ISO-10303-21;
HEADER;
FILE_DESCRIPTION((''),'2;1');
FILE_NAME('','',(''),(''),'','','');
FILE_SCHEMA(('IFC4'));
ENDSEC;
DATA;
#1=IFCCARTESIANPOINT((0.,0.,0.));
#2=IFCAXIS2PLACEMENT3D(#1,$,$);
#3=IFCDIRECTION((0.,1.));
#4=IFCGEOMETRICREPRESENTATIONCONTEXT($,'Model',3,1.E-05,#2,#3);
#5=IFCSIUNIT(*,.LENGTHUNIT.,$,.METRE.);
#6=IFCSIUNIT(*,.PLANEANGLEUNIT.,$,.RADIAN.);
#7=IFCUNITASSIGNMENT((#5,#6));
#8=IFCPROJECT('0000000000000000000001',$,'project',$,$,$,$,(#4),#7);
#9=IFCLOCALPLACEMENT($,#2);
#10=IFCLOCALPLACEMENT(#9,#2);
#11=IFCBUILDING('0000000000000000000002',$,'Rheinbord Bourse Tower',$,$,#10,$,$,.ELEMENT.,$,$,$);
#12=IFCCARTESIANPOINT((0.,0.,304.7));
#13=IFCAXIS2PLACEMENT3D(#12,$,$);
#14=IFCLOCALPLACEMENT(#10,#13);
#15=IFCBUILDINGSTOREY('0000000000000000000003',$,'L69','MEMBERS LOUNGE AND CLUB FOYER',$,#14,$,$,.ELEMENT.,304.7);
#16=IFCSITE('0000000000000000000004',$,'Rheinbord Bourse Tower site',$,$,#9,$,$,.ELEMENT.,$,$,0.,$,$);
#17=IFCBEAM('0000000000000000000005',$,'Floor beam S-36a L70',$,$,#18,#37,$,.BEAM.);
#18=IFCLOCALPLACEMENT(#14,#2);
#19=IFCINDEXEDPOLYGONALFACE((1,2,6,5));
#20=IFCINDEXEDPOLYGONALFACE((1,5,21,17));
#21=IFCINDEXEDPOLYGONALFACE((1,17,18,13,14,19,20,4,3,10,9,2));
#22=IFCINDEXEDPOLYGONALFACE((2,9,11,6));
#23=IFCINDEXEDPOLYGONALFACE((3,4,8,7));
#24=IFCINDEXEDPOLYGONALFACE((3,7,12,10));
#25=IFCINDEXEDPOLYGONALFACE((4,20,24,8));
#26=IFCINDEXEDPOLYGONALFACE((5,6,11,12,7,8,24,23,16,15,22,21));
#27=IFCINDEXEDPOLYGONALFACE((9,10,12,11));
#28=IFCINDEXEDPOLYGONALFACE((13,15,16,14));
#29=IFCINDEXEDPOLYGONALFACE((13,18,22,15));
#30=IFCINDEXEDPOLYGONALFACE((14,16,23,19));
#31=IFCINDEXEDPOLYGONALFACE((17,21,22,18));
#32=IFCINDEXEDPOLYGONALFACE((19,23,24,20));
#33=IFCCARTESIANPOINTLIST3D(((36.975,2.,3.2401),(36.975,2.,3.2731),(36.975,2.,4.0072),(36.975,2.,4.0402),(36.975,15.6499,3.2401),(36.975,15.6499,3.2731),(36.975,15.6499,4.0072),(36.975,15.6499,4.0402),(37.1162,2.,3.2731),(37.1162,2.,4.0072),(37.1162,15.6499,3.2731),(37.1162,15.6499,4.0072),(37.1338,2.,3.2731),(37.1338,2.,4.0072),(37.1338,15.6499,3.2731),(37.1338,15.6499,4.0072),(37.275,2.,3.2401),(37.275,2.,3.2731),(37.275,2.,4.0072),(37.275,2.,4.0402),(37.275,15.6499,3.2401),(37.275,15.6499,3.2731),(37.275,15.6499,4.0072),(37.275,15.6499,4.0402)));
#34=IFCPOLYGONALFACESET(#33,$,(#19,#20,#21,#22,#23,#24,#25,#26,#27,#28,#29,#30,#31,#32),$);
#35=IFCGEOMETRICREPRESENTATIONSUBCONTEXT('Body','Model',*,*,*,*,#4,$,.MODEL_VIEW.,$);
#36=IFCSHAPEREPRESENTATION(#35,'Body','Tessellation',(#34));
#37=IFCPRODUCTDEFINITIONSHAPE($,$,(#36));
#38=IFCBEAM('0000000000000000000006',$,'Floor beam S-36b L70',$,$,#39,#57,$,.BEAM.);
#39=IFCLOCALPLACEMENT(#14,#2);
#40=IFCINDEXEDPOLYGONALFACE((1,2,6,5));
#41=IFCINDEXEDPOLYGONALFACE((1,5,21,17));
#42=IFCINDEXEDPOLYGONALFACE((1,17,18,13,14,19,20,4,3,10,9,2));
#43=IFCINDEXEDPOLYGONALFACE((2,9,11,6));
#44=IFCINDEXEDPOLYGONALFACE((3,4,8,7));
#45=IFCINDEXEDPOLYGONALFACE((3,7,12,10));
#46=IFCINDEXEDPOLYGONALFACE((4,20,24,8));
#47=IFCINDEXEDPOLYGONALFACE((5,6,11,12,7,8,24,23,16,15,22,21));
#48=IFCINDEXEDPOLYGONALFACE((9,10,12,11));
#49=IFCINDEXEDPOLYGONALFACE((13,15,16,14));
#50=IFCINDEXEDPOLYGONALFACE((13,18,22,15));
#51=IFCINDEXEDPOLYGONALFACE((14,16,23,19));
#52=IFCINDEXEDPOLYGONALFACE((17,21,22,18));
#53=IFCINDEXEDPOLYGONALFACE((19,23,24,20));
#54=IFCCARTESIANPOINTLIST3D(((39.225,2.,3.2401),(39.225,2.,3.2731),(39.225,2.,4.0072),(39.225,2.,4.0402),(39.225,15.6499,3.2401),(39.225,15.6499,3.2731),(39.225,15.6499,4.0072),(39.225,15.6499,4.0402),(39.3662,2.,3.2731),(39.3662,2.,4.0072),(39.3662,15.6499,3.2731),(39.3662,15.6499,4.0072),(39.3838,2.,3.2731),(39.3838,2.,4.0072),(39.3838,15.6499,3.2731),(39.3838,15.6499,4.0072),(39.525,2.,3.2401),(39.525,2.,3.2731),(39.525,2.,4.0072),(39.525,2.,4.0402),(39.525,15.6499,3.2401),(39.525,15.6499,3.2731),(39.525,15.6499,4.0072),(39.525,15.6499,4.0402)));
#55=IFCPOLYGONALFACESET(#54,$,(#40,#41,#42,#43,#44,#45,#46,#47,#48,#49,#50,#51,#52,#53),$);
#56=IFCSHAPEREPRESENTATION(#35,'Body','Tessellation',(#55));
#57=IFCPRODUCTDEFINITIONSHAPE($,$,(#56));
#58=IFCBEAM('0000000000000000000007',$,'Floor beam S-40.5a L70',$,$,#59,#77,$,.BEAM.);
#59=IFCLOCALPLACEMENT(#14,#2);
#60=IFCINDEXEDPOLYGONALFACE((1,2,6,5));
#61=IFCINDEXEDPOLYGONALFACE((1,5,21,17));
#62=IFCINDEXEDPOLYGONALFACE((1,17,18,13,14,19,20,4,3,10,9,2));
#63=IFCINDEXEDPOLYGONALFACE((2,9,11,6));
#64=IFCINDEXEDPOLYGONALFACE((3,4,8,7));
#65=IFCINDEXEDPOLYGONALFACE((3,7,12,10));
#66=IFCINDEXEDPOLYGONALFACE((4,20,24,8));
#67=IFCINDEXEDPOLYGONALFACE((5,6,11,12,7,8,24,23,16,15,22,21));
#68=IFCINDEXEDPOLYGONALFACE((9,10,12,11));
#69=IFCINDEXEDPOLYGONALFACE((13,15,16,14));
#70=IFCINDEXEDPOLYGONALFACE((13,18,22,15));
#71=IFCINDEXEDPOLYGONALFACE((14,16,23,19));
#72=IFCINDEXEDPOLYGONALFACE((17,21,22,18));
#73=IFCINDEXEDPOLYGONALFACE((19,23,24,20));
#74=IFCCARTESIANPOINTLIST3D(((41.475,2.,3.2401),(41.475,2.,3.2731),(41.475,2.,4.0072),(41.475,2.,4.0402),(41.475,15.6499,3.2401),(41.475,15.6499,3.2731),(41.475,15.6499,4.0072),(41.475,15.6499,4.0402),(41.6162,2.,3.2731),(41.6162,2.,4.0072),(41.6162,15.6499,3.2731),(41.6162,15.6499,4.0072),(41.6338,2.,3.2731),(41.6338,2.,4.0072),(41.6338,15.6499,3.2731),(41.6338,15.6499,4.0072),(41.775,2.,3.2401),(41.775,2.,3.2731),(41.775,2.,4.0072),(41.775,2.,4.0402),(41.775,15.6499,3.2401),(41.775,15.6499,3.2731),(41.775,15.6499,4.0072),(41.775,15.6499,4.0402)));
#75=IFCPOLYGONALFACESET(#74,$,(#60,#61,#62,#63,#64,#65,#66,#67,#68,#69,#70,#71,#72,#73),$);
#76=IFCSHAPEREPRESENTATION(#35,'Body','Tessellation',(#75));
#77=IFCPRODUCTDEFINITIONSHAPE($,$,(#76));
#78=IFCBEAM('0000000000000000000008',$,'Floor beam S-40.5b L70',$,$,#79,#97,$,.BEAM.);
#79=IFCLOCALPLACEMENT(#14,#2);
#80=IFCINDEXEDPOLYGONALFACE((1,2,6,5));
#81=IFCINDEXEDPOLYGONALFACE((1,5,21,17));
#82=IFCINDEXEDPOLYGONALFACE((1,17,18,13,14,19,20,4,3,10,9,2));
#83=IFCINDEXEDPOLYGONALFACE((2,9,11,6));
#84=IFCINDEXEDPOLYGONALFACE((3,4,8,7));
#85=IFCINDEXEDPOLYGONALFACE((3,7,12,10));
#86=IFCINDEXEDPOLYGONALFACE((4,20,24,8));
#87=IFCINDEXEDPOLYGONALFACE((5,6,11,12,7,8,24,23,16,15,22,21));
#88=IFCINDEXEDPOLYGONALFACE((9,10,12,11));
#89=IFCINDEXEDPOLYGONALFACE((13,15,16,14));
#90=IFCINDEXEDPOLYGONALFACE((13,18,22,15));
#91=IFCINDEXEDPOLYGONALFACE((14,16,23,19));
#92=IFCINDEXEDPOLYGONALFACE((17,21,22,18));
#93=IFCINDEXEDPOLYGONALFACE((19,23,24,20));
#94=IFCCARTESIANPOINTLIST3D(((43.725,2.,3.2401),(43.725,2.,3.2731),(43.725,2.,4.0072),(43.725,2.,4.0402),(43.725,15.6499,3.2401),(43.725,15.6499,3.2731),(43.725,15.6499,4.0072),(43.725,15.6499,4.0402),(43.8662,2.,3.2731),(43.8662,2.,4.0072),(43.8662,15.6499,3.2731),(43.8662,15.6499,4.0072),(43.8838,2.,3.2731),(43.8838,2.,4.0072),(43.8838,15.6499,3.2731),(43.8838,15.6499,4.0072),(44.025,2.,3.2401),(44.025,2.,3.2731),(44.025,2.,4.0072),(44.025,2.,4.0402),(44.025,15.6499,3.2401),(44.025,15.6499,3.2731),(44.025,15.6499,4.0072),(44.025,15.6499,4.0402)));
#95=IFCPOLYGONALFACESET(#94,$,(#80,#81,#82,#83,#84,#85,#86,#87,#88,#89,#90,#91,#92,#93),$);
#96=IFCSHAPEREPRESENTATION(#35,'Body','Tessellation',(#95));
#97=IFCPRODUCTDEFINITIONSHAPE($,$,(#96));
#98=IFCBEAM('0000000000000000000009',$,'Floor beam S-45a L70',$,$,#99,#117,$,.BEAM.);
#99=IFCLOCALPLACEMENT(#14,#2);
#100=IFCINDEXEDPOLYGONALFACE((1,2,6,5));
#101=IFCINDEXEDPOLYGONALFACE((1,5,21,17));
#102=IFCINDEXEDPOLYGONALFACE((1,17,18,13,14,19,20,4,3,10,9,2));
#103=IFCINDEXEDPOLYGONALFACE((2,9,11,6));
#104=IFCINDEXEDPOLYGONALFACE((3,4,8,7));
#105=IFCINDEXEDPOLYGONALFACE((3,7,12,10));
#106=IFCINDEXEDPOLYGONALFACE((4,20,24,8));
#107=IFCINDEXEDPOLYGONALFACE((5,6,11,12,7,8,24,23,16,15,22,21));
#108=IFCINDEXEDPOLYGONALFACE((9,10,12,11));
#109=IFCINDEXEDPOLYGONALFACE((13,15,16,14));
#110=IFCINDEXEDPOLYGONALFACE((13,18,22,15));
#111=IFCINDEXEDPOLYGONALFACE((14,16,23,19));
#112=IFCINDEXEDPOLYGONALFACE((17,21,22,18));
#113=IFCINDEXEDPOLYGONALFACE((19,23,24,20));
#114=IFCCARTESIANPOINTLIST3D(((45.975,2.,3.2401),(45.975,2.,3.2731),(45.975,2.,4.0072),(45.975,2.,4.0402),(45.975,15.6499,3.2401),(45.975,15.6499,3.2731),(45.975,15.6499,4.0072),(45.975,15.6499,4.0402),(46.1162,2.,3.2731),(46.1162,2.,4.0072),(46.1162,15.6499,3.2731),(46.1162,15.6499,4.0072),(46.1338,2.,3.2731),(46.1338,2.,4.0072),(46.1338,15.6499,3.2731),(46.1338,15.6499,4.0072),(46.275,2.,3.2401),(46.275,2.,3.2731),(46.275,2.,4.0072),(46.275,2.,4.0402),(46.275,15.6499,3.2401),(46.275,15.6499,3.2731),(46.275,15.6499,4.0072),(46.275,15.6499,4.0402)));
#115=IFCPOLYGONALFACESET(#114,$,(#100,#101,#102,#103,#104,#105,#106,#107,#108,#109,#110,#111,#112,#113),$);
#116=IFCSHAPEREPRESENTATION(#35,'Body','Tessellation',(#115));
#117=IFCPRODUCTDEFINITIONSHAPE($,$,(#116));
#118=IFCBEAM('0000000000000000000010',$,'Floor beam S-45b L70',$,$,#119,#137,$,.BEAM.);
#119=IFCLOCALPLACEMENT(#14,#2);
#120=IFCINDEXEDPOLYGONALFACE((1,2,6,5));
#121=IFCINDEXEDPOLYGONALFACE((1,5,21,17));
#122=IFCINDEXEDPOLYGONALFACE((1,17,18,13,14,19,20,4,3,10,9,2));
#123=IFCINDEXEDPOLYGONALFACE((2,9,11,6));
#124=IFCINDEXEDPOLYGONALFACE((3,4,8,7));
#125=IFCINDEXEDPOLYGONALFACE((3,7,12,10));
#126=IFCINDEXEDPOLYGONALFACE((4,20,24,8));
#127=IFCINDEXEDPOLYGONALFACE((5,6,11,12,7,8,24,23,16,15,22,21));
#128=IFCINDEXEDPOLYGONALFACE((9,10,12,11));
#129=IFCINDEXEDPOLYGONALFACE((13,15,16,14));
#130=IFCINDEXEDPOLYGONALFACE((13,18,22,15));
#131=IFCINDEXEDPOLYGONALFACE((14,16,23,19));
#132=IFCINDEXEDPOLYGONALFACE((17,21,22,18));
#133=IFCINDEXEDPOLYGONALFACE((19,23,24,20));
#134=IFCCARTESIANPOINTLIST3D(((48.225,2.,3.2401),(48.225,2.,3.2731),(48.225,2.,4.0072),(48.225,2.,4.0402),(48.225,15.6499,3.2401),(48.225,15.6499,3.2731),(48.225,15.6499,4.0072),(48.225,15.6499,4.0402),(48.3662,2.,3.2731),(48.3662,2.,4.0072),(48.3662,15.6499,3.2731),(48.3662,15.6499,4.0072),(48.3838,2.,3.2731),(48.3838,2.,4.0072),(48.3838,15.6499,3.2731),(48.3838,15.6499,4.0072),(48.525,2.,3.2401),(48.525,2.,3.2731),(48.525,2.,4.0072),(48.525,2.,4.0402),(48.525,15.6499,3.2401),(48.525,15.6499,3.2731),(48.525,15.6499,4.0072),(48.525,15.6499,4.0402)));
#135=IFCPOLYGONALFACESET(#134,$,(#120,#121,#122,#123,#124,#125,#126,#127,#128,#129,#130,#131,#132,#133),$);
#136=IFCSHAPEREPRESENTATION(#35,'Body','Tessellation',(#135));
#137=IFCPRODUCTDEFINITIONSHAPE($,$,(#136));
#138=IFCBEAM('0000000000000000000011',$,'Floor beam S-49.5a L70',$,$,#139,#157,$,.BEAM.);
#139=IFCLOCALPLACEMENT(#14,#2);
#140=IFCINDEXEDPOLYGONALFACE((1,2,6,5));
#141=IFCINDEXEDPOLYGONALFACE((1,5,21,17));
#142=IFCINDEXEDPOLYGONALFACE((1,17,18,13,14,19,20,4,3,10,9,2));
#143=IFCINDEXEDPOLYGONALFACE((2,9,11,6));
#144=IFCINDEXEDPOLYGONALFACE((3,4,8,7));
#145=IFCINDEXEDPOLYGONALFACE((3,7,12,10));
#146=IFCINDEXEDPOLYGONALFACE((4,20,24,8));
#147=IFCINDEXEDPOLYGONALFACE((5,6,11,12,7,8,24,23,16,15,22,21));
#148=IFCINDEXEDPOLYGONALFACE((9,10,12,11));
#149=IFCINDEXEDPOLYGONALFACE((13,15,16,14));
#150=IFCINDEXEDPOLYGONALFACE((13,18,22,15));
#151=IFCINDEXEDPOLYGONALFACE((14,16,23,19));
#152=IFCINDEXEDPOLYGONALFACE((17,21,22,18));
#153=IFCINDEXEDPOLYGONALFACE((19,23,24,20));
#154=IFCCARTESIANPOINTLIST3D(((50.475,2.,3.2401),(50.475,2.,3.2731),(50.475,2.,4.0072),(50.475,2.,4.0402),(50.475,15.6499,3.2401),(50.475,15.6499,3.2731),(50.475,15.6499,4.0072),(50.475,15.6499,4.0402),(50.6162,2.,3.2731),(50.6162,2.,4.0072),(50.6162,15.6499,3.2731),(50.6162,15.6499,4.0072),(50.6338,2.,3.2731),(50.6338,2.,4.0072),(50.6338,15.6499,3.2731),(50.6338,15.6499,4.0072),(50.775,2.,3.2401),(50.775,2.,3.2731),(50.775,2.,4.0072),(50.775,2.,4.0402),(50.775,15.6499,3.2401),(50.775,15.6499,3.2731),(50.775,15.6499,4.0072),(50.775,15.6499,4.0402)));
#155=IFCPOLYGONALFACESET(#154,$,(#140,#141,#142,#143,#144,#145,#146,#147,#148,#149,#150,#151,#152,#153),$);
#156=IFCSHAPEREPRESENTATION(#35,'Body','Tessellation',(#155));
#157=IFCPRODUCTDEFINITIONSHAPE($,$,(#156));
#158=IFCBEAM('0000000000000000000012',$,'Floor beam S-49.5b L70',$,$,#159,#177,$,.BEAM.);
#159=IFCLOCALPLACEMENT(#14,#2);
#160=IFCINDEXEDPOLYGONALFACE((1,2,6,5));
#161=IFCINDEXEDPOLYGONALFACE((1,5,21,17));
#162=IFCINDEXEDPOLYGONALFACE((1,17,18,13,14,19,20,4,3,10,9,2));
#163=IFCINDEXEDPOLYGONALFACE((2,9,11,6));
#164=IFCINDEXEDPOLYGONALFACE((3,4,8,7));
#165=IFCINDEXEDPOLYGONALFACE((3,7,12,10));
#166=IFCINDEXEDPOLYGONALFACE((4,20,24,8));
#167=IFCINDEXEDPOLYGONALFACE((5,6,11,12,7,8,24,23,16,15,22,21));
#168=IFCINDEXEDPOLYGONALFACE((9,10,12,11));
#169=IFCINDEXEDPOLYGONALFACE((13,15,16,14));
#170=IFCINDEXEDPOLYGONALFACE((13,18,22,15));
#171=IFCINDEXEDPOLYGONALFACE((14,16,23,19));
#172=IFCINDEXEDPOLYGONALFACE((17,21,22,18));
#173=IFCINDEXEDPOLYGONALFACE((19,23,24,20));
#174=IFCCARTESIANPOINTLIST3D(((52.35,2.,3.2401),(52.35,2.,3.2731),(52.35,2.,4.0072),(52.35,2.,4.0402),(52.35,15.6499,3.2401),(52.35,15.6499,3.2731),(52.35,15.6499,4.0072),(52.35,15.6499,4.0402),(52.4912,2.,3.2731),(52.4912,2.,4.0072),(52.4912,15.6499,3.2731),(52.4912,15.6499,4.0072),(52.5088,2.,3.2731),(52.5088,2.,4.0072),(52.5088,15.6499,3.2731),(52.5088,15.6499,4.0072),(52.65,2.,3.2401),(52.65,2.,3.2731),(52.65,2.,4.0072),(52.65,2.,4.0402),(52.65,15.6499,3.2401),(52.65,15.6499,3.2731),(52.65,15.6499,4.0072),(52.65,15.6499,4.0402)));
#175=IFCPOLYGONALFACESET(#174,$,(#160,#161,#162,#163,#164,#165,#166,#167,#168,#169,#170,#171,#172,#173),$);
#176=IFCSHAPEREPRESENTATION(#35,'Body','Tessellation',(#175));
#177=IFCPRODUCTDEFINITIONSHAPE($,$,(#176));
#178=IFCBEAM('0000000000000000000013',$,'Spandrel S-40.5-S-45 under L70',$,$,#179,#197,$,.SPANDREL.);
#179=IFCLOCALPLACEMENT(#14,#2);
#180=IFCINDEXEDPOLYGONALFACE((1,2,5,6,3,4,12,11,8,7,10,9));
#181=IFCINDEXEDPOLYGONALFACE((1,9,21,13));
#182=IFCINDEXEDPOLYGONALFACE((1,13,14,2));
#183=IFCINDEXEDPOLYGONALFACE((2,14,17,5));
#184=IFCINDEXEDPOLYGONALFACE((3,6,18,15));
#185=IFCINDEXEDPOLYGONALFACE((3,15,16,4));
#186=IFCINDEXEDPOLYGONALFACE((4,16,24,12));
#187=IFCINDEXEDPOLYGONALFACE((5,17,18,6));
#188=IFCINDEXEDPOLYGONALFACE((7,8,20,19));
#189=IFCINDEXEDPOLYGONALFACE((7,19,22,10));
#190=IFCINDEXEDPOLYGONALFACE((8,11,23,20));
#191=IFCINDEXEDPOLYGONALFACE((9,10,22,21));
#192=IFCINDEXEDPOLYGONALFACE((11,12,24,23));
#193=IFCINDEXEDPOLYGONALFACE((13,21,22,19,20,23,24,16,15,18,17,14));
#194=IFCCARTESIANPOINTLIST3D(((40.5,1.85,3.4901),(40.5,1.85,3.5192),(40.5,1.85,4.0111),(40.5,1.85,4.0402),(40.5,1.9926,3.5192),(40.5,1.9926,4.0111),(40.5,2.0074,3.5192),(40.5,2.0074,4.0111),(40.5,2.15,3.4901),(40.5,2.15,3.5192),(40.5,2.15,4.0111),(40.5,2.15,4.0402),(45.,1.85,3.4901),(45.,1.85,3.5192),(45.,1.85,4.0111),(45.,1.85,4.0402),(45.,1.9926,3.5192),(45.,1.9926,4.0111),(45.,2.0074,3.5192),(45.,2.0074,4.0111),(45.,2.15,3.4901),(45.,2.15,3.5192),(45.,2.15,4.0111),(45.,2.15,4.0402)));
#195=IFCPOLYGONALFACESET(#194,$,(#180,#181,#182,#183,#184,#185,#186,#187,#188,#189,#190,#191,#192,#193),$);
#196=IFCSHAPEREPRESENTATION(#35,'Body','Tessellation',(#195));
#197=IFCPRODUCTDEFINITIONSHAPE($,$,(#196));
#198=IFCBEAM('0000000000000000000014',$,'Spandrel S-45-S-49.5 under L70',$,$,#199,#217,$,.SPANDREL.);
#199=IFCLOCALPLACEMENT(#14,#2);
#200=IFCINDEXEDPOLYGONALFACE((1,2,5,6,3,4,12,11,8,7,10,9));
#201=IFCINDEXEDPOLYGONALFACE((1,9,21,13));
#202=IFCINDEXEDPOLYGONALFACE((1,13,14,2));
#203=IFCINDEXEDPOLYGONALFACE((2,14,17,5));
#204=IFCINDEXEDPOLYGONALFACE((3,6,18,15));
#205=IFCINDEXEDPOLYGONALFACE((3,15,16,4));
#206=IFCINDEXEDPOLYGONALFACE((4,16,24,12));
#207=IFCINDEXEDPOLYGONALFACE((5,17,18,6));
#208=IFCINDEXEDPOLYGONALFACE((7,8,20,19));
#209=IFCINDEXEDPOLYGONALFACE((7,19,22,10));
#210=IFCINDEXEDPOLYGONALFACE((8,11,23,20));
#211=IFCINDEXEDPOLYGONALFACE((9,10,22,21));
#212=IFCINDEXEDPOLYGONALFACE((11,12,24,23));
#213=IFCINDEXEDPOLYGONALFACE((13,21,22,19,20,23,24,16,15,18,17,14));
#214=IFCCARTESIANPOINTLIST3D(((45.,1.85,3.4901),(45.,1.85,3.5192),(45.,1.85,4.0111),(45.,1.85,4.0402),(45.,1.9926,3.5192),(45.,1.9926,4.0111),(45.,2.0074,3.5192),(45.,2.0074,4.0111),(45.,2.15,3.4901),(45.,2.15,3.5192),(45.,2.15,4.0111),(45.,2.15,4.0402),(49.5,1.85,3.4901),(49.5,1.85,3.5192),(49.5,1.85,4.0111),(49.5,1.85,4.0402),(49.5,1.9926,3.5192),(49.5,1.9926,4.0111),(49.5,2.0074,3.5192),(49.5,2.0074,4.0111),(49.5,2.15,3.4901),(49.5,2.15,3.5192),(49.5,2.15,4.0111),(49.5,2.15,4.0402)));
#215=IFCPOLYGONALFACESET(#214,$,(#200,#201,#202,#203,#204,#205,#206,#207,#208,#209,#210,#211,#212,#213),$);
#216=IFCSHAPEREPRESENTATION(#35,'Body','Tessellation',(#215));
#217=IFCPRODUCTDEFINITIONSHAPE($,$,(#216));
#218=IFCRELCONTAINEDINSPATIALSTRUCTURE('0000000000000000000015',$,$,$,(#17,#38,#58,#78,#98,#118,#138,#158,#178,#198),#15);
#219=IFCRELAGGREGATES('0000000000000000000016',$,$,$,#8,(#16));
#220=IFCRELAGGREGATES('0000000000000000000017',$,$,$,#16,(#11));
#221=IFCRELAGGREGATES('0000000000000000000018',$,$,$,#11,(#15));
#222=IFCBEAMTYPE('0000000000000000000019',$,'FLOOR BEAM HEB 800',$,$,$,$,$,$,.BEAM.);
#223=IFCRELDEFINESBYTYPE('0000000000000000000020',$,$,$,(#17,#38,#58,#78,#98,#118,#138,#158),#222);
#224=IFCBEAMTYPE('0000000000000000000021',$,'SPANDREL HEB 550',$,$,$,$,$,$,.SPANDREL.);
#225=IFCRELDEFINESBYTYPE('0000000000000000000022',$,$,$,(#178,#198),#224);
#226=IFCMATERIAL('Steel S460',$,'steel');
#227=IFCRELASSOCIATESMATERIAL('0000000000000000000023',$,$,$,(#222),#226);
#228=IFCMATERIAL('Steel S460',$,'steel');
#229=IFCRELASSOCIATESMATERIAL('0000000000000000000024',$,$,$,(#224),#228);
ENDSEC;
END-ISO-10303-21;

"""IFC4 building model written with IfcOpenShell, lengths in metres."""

from ifc_helpers import new_model, si_unit, direction, frame, origin, origin_2d, place, context, subcontext, project, spatial, i_section, extrude, material, material_profile, profile_set, type_object, element, save


model = new_model("IFC4")

# Units and contexts
model_context = context("Model", 3, precision=1e-05, world=origin(), true_north=direction((0.0, 1.0)))
body_context = subcontext(model_context, "Body", "Model", "MODEL_VIEW")
ifc_project = project(units=[si_unit("LENGTHUNIT", "METRE"), si_unit("PLANEANGLEUNIT", "RADIAN")], contexts=[model_context])

# Site, building, storey
site_placement = place(None, origin())
site = spatial("IfcSite", under=ifc_project, at=site_placement, Name="Rheinbord Bourse Tower site", CompositionType="ELEMENT", RefElevation=0.0)
building_placement = place(site_placement, origin())
building = spatial("IfcBuilding", under=site, at=building_placement, Name="Rheinbord Bourse Tower", CompositionType="ELEMENT")
storey_placement = place(building_placement, frame((0.0, 0.0, 304.7)))
storey = spatial("IfcBuildingStorey", under=building, at=storey_placement, Name="L69", Description="MEMBERS LOUNGE AND CLUB FOYER", CompositionType="ELEMENT", Elevation=304.7)

# Beams
ifc_material_1 = material(Name="Steel S460", Category="steel")
ifc_material_profile_1 = material_profile(ifc_material_1, i_section(OverallWidth=0.3, OverallDepth=0.8, WebThickness=0.0176, FlangeThickness=0.033, at=origin_2d()), Name="HEB 800")
ifc_profile_set_1 = profile_set([ifc_material_profile_1], Name="Steel S460")
beam_type_1 = type_object("IfcBeamType", Name="FLOOR BEAM HEB 800", PredefinedType="BEAM", material=ifc_profile_set_1)
for number, where, z_axis, x_axis, name in (
    (1, (37.125, 2.0, 3.6401), (0.0, 1.0, 0.0), (-1.0, 0.0, 0.0), "Floor beam S-36a L70"),
    (2, (39.375, 2.0, 3.6401), (0.0, 1.0, 0.0), (-1.0, 0.0, 0.0), "Floor beam S-36b L70"),
    (3, (41.625, 2.0, 3.6401), (0.0, 1.0, 0.0), (-1.0, 0.0, 0.0), "Floor beam S-40.5a L70"),
    (4, (43.875, 2.0, 3.6401), (0.0, 1.0, 0.0), (-1.0, 0.0, 0.0), "Floor beam S-40.5b L70"),
    (5, (46.125, 2.0, 3.6401), (0.0, 1.0, 0.0), (-1.0, 0.0, 0.0), "Floor beam S-45a L70"),
    (6, (48.375, 2.0, 3.6401), (0.0, 1.0, 0.0), (-1.0, 0.0, 0.0), "Floor beam S-45b L70"),
    (7, (50.625, 2.0, 3.6401), (0.0, 1.0, 0.0), (-1.0, 0.0, 0.0), "Floor beam S-49.5a L70"),
    (8, (52.5, 2.0, 3.6401), (0.0, 1.0, 0.0), (-1.0, 0.0, 0.0), "Floor beam S-49.5b L70"),
):
    element("IfcBeam", number, at=place(storey_placement, frame(where, z_axis=z_axis, x_axis=x_axis)), inside=storey, type_object=beam_type_1, Name=name, PredefinedType="BEAM", context=body_context, shape_type="SweptSolid", body=[
        extrude(i_section(OverallWidth=0.3, OverallDepth=0.8, WebThickness=0.0176, FlangeThickness=0.033, at=origin_2d()), origin(), (0.0, 0.0, 1.0), 13.6499),
    ])
ifc_material_2 = material(Name="Steel S460", Category="steel")
ifc_material_profile_2 = material_profile(ifc_material_2, i_section(OverallWidth=0.3, OverallDepth=0.55, WebThickness=0.0149, FlangeThickness=0.0291, at=origin_2d()), Name="HEB 550")
ifc_profile_set_2 = profile_set([ifc_material_profile_2], Name="Steel S460")
beam_type_2 = type_object("IfcBeamType", Name="SPANDREL HEB 550", PredefinedType="SPANDREL", material=ifc_profile_set_2)
for number, where, z_axis, x_axis, name in (
    (9, (40.5, 2.0, 3.7651), (1.0, 0.0, 0.0), (0.0, 1.0, 0.0), "Spandrel S-40.5-S-45 under L70"),
    (10, (45.0, 2.0, 3.7651), (1.0, 0.0, 0.0), (0.0, 1.0, 0.0), "Spandrel S-45-S-49.5 under L70"),
):
    element("IfcBeam", number, at=place(storey_placement, frame(where, z_axis=z_axis, x_axis=x_axis)), inside=storey, type_object=beam_type_2, Name=name, PredefinedType="SPANDREL", context=body_context, shape_type="SweptSolid", body=[
        extrude(i_section(OverallWidth=0.3, OverallDepth=0.55, WebThickness=0.0149, FlangeThickness=0.0291, at=origin_2d()), origin(), (0.0, 0.0, 1.0), 4.5),
    ])

save(model, "model.ifc")
